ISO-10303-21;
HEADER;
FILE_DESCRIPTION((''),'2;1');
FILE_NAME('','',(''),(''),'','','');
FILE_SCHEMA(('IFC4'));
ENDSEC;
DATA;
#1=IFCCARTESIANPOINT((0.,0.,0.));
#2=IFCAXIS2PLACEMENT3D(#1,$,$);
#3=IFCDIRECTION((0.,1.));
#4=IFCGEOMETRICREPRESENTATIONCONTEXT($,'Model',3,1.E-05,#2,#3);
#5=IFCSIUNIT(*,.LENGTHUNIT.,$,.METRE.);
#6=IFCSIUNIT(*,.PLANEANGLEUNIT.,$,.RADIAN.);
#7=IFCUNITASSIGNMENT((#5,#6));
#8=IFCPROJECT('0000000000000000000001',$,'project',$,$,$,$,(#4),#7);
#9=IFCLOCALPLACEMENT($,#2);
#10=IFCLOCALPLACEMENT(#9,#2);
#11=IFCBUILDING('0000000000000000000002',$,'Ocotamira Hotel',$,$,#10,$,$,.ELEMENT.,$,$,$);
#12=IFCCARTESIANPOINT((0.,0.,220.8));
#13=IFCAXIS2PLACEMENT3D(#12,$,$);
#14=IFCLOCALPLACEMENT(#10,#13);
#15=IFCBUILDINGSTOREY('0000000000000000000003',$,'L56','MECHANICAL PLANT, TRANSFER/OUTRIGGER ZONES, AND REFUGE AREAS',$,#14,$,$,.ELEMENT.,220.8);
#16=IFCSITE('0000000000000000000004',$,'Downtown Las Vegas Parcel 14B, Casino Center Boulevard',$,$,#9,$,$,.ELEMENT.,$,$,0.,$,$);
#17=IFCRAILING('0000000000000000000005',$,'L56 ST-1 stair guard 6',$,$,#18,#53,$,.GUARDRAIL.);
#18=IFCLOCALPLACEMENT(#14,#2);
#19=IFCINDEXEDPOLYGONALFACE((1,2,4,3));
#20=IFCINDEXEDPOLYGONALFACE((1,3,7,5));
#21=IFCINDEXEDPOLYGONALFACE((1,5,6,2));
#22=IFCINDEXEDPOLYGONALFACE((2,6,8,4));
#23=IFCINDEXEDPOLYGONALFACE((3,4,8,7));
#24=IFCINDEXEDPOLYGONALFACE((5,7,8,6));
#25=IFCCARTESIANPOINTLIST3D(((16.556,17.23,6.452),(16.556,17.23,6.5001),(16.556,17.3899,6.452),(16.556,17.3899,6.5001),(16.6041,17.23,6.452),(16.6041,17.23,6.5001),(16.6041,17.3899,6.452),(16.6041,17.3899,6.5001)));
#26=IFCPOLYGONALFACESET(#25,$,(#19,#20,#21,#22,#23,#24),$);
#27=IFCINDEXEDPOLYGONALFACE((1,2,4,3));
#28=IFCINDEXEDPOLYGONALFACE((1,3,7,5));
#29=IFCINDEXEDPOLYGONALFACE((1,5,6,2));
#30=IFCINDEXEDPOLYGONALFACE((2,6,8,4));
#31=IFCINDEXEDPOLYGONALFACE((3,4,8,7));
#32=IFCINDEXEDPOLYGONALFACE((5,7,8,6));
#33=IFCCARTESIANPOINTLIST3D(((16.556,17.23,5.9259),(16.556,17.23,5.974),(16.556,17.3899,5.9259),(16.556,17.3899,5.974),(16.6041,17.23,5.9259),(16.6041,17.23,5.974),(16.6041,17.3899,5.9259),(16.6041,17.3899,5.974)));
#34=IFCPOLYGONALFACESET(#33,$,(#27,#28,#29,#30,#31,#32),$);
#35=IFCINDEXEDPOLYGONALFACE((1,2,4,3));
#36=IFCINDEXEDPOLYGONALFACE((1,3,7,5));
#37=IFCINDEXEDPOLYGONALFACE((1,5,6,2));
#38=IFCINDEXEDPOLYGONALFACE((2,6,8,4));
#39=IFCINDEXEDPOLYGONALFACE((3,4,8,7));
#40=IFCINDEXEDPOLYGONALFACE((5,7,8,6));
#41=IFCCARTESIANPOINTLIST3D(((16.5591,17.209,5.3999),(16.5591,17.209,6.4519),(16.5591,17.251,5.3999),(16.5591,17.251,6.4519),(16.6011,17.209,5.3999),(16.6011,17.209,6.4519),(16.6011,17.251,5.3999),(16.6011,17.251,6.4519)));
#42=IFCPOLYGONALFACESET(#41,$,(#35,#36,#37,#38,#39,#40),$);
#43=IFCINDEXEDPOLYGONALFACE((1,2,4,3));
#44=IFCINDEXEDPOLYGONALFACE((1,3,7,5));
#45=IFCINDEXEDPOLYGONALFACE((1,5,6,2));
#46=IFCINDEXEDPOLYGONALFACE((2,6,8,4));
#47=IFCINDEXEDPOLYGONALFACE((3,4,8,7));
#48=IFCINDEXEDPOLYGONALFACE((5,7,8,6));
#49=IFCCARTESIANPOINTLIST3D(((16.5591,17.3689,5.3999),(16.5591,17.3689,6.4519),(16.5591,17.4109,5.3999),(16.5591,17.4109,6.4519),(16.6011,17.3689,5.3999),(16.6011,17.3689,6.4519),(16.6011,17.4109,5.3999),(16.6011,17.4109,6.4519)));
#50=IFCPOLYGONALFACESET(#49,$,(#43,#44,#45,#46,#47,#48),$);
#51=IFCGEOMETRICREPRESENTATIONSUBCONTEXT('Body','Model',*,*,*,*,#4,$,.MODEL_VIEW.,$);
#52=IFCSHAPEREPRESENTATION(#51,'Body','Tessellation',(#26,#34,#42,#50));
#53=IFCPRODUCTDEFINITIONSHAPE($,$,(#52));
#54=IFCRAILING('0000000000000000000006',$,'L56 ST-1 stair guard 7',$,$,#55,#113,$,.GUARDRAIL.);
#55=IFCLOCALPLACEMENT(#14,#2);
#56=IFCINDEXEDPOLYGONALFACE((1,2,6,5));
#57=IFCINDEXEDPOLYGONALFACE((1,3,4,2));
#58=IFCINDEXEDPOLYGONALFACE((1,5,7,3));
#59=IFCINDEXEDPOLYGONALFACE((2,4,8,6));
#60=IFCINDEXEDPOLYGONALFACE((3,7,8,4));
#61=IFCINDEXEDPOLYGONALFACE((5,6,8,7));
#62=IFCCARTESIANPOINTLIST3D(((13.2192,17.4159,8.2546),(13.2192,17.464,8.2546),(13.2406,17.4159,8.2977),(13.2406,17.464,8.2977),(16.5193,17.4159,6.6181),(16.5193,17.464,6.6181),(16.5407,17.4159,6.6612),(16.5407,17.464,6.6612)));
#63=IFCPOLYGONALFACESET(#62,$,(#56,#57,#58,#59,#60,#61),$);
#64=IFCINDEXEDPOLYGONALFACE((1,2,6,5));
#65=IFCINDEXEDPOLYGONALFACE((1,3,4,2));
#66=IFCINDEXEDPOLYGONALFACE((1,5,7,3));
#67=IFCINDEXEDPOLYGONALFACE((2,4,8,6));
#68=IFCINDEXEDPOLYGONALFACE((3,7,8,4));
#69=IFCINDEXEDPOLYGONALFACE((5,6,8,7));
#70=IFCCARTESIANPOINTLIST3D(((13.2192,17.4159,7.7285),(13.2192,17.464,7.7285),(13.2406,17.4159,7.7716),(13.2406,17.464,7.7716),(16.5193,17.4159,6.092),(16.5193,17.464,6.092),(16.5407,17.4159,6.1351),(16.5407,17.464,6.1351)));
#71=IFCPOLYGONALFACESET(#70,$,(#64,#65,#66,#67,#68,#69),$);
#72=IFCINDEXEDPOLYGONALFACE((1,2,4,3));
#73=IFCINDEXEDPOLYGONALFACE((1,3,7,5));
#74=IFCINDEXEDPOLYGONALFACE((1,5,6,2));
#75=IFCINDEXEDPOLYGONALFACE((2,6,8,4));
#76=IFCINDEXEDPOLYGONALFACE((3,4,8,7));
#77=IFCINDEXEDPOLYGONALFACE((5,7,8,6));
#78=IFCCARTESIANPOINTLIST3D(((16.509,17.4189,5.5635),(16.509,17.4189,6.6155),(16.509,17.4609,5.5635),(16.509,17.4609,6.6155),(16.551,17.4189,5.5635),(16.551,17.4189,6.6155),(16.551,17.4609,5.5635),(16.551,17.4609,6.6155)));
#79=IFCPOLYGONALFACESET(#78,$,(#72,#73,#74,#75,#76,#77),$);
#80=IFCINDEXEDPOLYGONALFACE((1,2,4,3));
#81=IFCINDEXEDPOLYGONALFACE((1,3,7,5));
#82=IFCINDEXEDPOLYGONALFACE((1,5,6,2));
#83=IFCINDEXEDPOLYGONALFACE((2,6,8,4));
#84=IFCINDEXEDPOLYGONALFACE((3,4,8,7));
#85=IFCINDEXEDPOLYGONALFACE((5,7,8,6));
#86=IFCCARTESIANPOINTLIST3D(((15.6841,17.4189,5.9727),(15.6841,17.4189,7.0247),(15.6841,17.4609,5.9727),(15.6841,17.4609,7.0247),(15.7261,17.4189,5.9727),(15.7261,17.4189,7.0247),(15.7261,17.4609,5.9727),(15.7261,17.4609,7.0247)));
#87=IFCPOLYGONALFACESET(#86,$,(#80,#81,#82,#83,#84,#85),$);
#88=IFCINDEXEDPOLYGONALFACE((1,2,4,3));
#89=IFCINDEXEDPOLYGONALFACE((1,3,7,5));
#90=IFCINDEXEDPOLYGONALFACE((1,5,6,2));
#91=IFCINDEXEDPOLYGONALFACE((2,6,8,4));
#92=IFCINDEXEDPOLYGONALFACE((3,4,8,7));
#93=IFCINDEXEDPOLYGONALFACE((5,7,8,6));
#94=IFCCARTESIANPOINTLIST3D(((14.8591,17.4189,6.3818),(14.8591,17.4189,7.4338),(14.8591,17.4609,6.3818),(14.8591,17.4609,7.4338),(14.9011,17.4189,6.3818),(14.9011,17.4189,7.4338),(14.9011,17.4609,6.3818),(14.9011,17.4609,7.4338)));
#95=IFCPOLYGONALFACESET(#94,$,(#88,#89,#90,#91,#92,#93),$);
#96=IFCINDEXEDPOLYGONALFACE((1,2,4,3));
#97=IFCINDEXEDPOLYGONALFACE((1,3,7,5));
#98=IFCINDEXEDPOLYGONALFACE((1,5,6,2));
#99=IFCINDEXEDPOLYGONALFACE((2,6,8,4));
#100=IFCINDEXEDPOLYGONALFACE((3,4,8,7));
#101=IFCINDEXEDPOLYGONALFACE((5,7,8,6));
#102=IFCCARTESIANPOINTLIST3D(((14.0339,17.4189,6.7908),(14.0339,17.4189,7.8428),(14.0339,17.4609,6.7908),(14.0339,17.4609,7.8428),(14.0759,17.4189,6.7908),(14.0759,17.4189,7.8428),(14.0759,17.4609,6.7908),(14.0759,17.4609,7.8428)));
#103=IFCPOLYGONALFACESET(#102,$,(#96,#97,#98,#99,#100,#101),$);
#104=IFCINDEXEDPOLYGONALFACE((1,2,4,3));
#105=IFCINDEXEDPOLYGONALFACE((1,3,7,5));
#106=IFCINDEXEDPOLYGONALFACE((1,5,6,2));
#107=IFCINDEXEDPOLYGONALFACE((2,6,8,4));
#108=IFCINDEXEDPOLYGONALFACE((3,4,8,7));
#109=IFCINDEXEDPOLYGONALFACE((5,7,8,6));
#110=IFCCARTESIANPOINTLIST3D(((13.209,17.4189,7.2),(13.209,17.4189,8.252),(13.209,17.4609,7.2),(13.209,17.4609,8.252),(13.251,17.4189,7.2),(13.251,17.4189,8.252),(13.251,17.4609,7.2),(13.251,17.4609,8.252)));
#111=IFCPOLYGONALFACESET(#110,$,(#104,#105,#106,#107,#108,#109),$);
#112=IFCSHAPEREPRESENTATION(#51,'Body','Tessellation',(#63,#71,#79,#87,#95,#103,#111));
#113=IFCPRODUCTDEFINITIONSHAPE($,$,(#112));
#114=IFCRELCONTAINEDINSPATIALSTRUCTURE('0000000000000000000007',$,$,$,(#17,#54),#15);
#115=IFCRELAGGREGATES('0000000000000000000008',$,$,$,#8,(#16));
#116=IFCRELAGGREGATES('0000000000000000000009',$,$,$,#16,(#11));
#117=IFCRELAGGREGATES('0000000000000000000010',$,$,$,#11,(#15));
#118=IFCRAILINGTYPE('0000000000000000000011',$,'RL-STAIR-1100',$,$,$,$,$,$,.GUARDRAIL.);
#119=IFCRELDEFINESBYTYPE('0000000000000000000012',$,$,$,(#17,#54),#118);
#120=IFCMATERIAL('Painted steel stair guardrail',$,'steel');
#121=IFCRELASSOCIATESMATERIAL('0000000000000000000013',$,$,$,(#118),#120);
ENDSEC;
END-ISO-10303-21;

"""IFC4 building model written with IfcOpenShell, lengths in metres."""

from ifc_helpers import new_model, si_unit, direction, frame, origin, origin_2d, place, context, subcontext, project, spatial, rectangle, extrude, material, type_object, element, save


model = new_model("IFC4")

# Units and contexts
model_context = context("Model", 3, precision=1e-05, world=origin(), true_north=direction((0.0, 1.0)))
body_context = subcontext(model_context, "Body", "Model", "MODEL_VIEW")
ifc_project = project(units=[si_unit("LENGTHUNIT", "METRE"), si_unit("PLANEANGLEUNIT", "RADIAN")], contexts=[model_context])

# Site, building, storey
site_placement = place(None, origin())
site = spatial("IfcSite", under=ifc_project, at=site_placement, Name="Downtown Las Vegas Parcel 14B, Casino Center Boulevard", CompositionType="ELEMENT", RefElevation=0.0)
building_placement = place(site_placement, origin())
building = spatial("IfcBuilding", under=site, at=building_placement, Name="Ocotamira Hotel", CompositionType="ELEMENT")
storey_placement = place(building_placement, frame((0.0, 0.0, 220.8)))
storey = spatial("IfcBuildingStorey", under=building, at=storey_placement, Name="L56", Description="MECHANICAL PLANT, TRANSFER/OUTRIGGER ZONES, AND REFUGE AREAS", CompositionType="ELEMENT", Elevation=220.8)

# Railings
ifc_material_1 = material(Name="Painted steel stair guardrail", Category="steel")
railing_type_1 = type_object("IfcRailingType", Name="RL-STAIR-1100", PredefinedType="GUARDRAIL", material=ifc_material_1)
railing_1_placement = place(storey_placement, frame((16.5801, 17.23, 5.3999)))
element("IfcRailing", 1, at=railing_1_placement, inside=storey, type_object=railing_type_1, Name="L56 ST-1 stair guard 6", PredefinedType="GUARDRAIL", context=body_context, shape_type="SweptSolid", body=[
    extrude(rectangle(XDim=0.0481, YDim=0.0481, at=origin_2d()), frame((0.0, 0.0, 1.0762), z_axis=(0.0, 1.0, 0.0), x_axis=(-1.0, 0.0, 0.0)), (0.0, 0.0, 1.0), 0.1599),
    extrude(rectangle(XDim=0.0481, YDim=0.0481, at=origin_2d()), frame((0.0, 0.0, 0.55), z_axis=(0.0, 1.0, 0.0), x_axis=(-1.0, 0.0, 0.0)), (0.0, 0.0, 1.0), 0.1599),
    extrude(rectangle(XDim=0.042, YDim=0.042, at=origin_2d()), origin(), (0.0, 0.0, 1.0), 1.052),
    extrude(rectangle(XDim=0.042, YDim=0.042, at=origin_2d()), frame((0.0, 0.1599, 0.0)), (0.0, 0.0, 1.0), 1.052),
])
railing_2_placement = place(storey_placement, frame((16.53, 17.4399, 5.5635)))
element("IfcRailing", 2, at=railing_2_placement, inside=storey, type_object=railing_type_1, Name="L56 ST-1 stair guard 7", PredefinedType="GUARDRAIL", context=body_context, shape_type="SweptSolid", body=[
    extrude(rectangle(XDim=0.0481, YDim=0.0481, at=origin_2d()), frame((0.0, 0.0, 1.0762), z_axis=(-0.895894, 0.0, 0.444268), x_axis=(0.0, -1.0, 0.0)), (0.0, 0.0, 1.0), 3.6836),
    extrude(rectangle(XDim=0.0481, YDim=0.0481, at=origin_2d()), frame((0.0, 0.0, 0.55), z_axis=(-0.895894, 0.0, 0.444268), x_axis=(0.0, -1.0, 0.0)), (0.0, 0.0, 1.0), 3.6836),
    extrude(rectangle(XDim=0.042, YDim=0.042, at=origin_2d()), origin(), (0.0, 0.0, 1.0), 1.052),
    extrude(rectangle(XDim=0.042, YDim=0.042, at=origin_2d()), frame((-0.825, 0.0, 0.4092)), (0.0, 0.0, 1.0), 1.052),
    extrude(rectangle(XDim=0.042, YDim=0.042, at=origin_2d()), frame((-1.6499, 0.0, 0.8184)), (0.0, 0.0, 1.0), 1.052),
    extrude(rectangle(XDim=0.042, YDim=0.042, at=origin_2d()), frame((-2.4751, 0.0, 1.2273)), (0.0, 0.0, 1.0), 1.052),
    extrude(rectangle(XDim=0.042, YDim=0.042, at=origin_2d()), frame((-3.3, 0.0, 1.6365)), (0.0, 0.0, 1.0), 1.052),
])

save(model, "model.ifc")
